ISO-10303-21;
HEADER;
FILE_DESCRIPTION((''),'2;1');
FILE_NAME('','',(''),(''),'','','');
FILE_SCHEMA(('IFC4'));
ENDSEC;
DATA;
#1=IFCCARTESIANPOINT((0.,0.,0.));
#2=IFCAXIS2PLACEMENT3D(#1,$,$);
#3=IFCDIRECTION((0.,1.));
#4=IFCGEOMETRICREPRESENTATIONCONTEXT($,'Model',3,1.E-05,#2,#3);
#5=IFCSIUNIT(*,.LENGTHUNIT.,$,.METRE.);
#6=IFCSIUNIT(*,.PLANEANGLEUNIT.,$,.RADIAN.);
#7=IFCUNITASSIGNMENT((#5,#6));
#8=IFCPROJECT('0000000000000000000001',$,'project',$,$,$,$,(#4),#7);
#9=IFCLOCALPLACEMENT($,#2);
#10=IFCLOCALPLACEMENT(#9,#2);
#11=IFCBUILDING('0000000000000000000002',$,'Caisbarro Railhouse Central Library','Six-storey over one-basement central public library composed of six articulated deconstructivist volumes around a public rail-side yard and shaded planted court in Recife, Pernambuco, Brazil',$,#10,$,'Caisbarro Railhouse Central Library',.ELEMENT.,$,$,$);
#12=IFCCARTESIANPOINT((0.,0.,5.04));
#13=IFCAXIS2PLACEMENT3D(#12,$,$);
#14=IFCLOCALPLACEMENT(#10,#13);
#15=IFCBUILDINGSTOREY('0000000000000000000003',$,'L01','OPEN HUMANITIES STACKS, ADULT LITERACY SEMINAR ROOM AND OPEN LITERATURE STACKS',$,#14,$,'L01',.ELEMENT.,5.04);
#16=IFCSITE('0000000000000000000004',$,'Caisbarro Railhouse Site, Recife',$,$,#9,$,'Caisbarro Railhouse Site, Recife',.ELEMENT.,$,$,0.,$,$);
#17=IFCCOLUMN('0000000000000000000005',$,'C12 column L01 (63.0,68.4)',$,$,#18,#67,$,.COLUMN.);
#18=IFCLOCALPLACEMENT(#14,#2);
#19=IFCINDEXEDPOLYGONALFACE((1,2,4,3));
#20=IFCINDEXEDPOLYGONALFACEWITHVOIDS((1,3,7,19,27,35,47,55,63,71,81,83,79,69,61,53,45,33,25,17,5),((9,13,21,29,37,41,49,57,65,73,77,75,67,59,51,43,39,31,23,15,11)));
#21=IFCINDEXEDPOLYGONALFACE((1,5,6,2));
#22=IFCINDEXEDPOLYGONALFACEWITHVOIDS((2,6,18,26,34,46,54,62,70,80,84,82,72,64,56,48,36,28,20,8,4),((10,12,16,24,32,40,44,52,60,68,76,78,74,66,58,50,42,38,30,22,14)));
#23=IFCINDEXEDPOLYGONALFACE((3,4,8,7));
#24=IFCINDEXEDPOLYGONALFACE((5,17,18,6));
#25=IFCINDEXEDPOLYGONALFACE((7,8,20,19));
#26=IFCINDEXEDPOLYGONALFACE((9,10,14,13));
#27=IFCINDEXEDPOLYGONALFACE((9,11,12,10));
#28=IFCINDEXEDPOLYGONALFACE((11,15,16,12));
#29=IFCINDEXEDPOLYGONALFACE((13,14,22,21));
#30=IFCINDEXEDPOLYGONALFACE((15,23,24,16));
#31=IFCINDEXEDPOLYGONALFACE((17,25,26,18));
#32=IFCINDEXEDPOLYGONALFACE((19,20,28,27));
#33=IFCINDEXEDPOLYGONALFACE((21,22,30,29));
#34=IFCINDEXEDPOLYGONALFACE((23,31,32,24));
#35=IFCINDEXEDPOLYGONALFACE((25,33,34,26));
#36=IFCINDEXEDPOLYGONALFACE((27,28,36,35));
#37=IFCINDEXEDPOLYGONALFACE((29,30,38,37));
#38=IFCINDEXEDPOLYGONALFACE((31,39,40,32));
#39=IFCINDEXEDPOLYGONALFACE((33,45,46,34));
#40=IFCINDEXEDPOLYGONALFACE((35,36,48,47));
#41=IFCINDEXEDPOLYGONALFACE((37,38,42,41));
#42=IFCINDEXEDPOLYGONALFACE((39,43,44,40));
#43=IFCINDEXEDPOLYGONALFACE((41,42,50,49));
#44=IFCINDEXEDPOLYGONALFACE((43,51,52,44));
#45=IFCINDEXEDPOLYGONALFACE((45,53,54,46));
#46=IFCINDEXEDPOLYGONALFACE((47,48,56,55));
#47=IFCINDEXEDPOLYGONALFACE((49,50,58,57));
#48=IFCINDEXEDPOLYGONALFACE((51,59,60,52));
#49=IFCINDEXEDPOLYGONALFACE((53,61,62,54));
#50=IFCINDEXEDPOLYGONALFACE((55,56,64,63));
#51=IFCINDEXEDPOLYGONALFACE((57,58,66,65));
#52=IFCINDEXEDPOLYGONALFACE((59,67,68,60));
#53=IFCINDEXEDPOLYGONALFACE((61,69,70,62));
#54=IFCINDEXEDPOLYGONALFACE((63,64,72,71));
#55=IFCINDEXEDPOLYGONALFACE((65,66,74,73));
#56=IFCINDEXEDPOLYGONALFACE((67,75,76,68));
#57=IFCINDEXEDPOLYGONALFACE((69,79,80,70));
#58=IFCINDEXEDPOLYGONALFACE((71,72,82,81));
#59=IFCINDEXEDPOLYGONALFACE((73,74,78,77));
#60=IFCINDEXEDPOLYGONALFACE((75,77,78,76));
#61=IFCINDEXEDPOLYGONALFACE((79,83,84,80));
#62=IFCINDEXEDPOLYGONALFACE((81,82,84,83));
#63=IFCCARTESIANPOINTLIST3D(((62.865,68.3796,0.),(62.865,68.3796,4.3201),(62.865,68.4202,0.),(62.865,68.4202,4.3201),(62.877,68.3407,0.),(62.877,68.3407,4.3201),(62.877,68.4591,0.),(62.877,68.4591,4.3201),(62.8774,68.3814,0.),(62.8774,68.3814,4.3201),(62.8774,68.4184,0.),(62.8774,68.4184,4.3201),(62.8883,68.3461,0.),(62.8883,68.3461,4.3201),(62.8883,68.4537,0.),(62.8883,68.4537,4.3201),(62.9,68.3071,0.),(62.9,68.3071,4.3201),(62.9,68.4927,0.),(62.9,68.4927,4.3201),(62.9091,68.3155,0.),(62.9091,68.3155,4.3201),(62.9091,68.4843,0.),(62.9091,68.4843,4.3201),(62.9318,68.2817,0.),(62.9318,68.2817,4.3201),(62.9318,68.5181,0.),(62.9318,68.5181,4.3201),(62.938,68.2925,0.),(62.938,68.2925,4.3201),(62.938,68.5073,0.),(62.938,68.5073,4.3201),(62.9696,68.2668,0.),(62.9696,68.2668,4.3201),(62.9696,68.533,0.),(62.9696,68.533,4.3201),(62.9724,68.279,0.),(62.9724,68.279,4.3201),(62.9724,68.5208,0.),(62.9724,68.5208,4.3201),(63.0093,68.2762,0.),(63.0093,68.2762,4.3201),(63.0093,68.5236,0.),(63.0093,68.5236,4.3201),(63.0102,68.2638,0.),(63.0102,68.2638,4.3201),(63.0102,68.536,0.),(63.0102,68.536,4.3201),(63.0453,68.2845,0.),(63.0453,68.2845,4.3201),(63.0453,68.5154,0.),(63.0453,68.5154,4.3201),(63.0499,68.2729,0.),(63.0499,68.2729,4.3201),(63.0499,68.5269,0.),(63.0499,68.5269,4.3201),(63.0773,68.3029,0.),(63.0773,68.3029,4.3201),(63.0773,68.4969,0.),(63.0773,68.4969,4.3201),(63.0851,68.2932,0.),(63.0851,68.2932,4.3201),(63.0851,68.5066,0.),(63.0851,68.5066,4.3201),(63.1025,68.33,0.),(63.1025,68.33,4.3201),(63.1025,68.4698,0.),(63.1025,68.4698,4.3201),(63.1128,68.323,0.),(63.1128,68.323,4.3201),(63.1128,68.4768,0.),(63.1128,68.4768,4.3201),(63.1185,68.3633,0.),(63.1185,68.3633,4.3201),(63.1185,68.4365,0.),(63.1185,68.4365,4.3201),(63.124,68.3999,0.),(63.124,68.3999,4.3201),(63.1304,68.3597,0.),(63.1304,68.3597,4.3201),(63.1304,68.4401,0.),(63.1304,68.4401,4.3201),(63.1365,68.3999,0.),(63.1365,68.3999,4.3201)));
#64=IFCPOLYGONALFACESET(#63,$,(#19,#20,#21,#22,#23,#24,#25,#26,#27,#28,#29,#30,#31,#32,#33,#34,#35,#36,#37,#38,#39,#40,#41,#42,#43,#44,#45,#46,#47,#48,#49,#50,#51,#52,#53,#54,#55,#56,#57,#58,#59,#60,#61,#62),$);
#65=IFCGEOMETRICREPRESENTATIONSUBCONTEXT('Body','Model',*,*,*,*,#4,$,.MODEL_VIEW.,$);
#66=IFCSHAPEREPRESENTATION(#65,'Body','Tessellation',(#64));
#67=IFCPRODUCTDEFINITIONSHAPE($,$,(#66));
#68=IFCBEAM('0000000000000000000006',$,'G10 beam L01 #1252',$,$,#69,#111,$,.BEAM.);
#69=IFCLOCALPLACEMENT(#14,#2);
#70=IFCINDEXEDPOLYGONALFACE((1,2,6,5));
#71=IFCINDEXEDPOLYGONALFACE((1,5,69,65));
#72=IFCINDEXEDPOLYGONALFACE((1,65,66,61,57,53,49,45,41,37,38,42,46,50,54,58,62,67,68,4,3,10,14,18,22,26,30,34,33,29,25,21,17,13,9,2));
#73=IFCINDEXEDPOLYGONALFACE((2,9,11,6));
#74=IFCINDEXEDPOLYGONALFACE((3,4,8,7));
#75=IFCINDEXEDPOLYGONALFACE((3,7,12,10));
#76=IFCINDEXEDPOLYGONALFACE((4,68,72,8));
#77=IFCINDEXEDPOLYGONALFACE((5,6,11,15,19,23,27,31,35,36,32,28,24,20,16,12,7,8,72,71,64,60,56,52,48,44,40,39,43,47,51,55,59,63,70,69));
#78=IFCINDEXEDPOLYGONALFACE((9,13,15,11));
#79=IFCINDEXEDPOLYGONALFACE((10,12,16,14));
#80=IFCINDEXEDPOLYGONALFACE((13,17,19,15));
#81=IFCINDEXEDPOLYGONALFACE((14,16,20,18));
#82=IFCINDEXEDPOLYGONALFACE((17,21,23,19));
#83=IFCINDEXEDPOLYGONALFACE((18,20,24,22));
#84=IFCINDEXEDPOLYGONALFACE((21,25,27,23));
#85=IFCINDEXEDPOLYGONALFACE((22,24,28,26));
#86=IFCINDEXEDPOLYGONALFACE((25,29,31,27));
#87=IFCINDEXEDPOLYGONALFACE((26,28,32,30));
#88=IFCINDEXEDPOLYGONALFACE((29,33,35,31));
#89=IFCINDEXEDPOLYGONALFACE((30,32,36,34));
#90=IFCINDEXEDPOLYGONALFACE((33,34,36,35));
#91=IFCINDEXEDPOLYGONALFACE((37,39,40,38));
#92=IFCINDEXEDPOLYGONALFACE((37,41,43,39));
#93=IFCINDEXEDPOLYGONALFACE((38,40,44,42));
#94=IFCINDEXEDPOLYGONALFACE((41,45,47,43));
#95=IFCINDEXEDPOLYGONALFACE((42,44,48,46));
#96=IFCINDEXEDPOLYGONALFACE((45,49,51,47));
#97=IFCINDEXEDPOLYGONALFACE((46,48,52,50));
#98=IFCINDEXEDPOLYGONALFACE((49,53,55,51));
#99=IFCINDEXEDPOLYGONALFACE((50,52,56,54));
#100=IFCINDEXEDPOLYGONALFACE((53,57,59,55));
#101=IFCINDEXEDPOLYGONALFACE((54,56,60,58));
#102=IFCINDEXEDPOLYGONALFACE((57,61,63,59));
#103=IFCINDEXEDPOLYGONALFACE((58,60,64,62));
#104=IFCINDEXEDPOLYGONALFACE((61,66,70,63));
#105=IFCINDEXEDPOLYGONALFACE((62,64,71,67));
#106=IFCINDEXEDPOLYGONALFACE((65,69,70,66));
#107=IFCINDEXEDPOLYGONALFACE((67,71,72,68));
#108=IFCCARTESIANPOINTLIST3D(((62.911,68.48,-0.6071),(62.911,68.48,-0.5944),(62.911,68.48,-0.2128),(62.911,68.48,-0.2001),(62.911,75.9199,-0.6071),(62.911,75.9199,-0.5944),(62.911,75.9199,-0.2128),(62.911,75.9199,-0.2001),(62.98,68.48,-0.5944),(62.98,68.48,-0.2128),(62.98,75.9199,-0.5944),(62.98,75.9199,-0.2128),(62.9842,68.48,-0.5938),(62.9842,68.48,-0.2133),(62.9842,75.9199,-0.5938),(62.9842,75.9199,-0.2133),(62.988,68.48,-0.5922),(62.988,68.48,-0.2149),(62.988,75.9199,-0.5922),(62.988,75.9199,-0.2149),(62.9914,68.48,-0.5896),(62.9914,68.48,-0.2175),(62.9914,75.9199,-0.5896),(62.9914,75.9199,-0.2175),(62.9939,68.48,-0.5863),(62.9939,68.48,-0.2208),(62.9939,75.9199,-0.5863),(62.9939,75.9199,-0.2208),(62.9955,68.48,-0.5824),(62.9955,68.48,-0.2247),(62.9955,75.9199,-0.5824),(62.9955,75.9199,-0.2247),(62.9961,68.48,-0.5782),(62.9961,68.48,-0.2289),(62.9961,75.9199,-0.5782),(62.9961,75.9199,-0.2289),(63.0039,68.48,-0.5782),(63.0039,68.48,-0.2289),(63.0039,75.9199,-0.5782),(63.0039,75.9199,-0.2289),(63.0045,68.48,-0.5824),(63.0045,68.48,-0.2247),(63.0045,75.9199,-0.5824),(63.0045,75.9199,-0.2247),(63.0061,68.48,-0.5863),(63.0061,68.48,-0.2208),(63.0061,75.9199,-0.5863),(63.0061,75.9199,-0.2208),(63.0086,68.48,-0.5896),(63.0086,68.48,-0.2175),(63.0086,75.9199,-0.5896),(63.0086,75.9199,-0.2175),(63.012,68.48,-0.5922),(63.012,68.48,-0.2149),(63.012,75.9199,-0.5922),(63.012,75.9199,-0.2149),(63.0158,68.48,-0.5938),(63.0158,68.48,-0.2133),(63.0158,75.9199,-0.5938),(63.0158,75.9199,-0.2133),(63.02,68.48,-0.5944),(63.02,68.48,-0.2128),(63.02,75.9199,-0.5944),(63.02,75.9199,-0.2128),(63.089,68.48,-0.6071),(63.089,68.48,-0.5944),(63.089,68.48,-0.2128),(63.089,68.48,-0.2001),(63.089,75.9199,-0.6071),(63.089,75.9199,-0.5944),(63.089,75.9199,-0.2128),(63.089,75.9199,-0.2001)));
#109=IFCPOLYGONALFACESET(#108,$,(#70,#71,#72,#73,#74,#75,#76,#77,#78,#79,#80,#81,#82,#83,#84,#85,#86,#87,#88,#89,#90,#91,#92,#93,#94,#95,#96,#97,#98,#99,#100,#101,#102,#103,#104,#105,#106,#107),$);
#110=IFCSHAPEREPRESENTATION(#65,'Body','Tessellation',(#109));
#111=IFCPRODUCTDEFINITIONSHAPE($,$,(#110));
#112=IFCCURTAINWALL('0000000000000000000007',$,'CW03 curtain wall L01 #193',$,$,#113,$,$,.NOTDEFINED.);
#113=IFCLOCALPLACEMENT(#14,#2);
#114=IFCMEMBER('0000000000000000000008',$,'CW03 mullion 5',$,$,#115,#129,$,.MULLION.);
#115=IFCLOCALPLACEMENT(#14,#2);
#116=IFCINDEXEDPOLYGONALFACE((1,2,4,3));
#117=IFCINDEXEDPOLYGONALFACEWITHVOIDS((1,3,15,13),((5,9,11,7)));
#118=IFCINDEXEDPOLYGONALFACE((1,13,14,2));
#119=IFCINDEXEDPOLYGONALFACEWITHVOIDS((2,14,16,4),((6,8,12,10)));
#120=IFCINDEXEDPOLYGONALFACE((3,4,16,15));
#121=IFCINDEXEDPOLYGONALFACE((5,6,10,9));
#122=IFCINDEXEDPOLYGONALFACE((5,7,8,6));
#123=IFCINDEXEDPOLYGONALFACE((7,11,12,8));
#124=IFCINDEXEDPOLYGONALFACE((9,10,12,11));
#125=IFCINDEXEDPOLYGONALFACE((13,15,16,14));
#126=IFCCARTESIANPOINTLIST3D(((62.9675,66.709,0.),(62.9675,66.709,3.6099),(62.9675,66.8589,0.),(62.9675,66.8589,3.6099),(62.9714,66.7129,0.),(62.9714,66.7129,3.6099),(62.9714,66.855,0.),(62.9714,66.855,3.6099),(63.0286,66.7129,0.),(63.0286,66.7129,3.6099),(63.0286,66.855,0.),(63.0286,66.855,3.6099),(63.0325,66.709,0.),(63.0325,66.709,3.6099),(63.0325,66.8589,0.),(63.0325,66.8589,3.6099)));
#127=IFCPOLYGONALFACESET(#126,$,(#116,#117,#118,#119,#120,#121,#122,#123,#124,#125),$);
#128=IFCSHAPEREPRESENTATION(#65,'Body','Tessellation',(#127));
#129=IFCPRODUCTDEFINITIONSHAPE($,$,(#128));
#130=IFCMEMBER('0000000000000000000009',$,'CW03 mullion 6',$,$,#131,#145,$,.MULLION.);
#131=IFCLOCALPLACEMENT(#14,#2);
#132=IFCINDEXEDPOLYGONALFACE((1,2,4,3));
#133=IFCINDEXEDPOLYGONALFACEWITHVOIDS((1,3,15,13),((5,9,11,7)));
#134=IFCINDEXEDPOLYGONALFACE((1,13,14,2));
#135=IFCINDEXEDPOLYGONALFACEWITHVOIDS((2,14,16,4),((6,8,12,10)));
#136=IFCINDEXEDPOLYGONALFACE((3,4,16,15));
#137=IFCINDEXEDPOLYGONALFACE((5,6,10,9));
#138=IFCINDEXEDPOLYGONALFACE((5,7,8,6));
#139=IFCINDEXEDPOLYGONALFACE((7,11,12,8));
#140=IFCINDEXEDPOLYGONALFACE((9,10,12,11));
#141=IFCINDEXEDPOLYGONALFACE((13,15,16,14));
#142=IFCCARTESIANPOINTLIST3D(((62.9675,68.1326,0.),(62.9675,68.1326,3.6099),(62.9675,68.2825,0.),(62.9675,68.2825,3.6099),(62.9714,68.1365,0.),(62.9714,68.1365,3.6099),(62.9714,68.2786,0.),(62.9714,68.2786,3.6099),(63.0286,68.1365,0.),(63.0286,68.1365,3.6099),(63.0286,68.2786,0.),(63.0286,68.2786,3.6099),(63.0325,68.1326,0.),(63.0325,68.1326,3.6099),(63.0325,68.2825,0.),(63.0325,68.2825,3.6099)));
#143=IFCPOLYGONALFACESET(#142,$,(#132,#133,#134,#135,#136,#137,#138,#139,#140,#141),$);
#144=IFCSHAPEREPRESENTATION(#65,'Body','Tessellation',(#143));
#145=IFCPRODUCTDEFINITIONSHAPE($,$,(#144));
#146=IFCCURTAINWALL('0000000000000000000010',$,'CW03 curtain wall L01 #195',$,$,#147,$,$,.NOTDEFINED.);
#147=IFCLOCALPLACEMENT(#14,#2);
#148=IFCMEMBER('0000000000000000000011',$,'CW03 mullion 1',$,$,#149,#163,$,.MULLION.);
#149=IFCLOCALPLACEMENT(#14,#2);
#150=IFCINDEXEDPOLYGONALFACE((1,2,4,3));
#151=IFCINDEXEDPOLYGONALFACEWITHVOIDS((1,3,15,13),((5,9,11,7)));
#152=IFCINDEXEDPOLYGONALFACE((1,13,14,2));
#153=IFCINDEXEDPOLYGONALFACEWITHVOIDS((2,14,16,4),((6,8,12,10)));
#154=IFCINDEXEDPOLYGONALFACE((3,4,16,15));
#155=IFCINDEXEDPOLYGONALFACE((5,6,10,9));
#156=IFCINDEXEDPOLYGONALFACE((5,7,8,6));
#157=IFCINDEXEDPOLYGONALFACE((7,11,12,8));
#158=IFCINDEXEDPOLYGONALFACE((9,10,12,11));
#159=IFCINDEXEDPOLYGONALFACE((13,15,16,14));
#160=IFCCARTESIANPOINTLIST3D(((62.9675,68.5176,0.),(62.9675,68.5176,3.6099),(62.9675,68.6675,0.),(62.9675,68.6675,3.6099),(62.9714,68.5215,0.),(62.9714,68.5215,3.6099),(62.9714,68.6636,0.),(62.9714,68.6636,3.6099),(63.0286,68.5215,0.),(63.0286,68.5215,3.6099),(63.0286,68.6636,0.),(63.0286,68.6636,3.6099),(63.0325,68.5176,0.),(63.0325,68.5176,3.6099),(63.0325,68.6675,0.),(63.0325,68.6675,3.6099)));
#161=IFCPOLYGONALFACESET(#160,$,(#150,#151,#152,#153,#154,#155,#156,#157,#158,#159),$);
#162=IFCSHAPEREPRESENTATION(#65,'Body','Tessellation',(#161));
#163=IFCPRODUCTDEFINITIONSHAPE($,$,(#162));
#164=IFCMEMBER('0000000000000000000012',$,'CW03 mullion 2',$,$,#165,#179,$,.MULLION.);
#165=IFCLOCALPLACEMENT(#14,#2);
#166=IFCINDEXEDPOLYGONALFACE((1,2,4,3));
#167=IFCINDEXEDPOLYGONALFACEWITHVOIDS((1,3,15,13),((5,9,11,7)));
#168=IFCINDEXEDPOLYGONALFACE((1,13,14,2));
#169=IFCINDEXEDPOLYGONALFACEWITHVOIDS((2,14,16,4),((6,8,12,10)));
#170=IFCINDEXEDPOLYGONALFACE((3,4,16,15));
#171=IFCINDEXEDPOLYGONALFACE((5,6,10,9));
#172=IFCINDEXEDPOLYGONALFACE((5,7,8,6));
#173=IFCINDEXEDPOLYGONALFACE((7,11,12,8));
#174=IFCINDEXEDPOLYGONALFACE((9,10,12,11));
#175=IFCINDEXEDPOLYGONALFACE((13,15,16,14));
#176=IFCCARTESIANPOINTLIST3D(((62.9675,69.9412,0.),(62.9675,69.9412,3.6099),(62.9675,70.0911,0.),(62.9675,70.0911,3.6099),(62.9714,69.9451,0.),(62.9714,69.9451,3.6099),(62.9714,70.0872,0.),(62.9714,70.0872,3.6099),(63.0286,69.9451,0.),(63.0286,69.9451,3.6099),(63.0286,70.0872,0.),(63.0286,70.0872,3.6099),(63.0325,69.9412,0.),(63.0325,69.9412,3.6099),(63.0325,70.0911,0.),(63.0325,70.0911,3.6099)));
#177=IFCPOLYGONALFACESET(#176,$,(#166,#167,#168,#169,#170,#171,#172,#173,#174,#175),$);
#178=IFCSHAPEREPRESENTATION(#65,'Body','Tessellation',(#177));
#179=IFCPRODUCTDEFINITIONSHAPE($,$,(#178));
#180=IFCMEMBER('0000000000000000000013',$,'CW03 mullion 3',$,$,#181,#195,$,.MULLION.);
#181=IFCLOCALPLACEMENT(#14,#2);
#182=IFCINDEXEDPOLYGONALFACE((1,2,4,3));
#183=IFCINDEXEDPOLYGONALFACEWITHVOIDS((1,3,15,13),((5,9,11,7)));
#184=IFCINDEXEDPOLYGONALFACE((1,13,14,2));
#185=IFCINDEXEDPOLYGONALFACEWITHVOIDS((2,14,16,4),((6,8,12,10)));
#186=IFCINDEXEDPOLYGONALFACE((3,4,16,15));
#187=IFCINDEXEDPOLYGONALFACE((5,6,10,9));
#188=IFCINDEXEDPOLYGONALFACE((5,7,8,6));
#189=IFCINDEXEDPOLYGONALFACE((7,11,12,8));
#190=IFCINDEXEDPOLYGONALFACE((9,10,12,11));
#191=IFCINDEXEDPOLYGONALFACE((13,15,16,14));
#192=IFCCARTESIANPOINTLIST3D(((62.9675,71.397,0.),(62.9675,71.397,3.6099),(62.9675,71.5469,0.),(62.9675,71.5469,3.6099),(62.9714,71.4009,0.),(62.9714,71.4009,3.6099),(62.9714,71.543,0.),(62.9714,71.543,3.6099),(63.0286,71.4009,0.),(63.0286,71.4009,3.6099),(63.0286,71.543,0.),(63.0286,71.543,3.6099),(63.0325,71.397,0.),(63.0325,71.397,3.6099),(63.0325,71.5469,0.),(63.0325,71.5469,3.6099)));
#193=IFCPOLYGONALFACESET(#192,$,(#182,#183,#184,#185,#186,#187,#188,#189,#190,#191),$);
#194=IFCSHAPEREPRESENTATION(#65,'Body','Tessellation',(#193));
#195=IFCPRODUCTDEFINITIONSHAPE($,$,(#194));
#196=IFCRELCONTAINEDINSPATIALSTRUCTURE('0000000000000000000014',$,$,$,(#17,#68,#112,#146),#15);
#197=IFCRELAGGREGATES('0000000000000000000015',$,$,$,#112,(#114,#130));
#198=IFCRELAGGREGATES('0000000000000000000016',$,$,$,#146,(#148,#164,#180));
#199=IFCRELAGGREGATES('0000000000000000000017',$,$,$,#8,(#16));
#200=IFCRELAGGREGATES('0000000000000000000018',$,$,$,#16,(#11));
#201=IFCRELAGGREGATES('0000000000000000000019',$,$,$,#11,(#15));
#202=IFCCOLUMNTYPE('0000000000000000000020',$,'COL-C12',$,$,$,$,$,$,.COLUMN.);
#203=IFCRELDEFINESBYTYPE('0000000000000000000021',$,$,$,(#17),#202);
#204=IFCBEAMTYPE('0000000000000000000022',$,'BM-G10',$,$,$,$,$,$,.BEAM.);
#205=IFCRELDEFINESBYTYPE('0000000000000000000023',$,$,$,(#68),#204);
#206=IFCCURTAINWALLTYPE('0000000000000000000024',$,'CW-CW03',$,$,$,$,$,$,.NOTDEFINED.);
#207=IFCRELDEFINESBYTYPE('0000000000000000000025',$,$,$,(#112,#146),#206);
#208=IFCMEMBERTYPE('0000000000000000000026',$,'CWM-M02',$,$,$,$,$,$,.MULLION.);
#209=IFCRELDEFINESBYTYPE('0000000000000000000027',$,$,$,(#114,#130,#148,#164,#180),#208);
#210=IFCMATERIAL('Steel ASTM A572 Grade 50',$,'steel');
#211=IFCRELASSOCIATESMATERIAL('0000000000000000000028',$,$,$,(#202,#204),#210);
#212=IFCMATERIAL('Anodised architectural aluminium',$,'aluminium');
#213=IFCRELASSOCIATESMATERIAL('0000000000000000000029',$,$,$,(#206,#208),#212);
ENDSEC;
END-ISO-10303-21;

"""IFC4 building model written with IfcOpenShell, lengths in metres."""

from ifc_helpers import new_model, si_unit, direction, frame, origin, origin_2d, place, context, subcontext, project, spatial, hollow_rectangle, hollow_circle, i_section, extrude, material, material_profile, profile_set, type_object, element, aggregate, save


model = new_model("IFC4")

# Units and contexts
model_context = context("Model", 3, precision=1e-05, world=origin(), true_north=direction((0.0, 1.0)))
body_context = subcontext(model_context, "Body", "Model", "MODEL_VIEW")
ifc_project = project(units=[si_unit("LENGTHUNIT", "METRE"), si_unit("PLANEANGLEUNIT", "RADIAN")], contexts=[model_context])

# Site, building, storey
site_placement = place(None, origin())
site = spatial("IfcSite", under=ifc_project, at=site_placement, Name="Caisbarro Railhouse Site, Recife", LongName="Caisbarro Railhouse Site, Recife", CompositionType="ELEMENT", RefElevation=0.0)
building_placement = place(site_placement, origin())
building = spatial("IfcBuilding", under=site, at=building_placement, Name="Caisbarro Railhouse Central Library", Description="Six-storey over one-basement central public library composed of six articulated deconstructivist volumes around a public rail-side yard and shaded planted court in Recife, Pernambuco, Brazil", LongName="Caisbarro Railhouse Central Library", CompositionType="ELEMENT")
storey_placement = place(building_placement, frame((0.0, 0.0, 5.04)))
storey = spatial("IfcBuildingStorey", under=building, at=storey_placement, Name="L01", Description="OPEN HUMANITIES STACKS, ADULT LITERACY SEMINAR ROOM AND OPEN LITERATURE STACKS", LongName="L01", CompositionType="ELEMENT", Elevation=5.04)

# Column
ifc_material_1 = material(Name="Steel ASTM A572 Grade 50", Category="steel")
ifc_material_profile_1 = material_profile(ifc_material_1, hollow_circle(Radius=0.1365, WallThickness=0.0125, at=origin_2d()), Name="CHS273.0X12.5")
ifc_profile_set_1 = profile_set([ifc_material_profile_1], Name="Steel ASTM A572 Grade 50")
column_type = type_object("IfcColumnType", Name="COL-C12", PredefinedType="COLUMN", material=ifc_profile_set_1)
column_placement = place(storey_placement, frame((63.0, 68.3999, 0.0), z_axis=(0.0, 0.0, 1.0), x_axis=(1.0, 0.0, 0.0)))
element("IfcColumn", 1, at=column_placement, inside=storey, type_object=column_type, Name="C12 column L01 (63.0,68.4)", PredefinedType="COLUMN", context=body_context, shape_type="SweptSolid", body=[
    extrude(hollow_circle(Radius=0.1365, WallThickness=0.0125, at=origin_2d()), origin(), (0.0, 0.0, 1.0), 4.3201),
])

# Beam
ifc_material_profile_2 = material_profile(ifc_material_1, i_section(OverallWidth=0.178, OverallDepth=0.407, WebThickness=0.0078, FlangeThickness=0.0127, FilletRadius=0.0161, at=origin_2d()), Name="W410X60.0")
ifc_profile_set_2 = profile_set([ifc_material_profile_2], Name="Steel ASTM A572 Grade 50")
beam_type = type_object("IfcBeamType", Name="BM-G10", PredefinedType="BEAM", material=ifc_profile_set_2)
beam_placement = place(storey_placement, frame((63.0, 68.48, -0.4036), z_axis=(0.0, 1.0, 0.0), x_axis=(-1.0, 0.0, 0.0)))
element("IfcBeam", 2, at=beam_placement, inside=storey, type_object=beam_type, Name="G10 beam L01 #1252", PredefinedType="BEAM", context=body_context, shape_type="SweptSolid", body=[
    extrude(i_section(OverallWidth=0.178, OverallDepth=0.407, WebThickness=0.0078, FlangeThickness=0.0127, FilletRadius=0.0161, at=origin_2d()), origin(), (0.0, 0.0, 1.0), 7.4399),
])

# Curtain walls, members
ifc_material_2 = material(Name="Anodised architectural aluminium", Category="aluminium")
curtain_wall_type = type_object("IfcCurtainWallType", Name="CW-CW03", PredefinedType="NOTDEFINED", material=ifc_material_2)
curtain_wall_1_placement = place(storey_placement, origin())
curtain_wall_1 = element("IfcCurtainWall", 3, at=curtain_wall_1_placement, inside=storey, type_object=curtain_wall_type, Name="CW03 curtain wall L01 #193", PredefinedType="NOTDEFINED")
ifc_material_profile_3 = material_profile(ifc_material_2, hollow_rectangle(XDim=0.0649, YDim=0.1499, WallThickness=0.0039, at=origin_2d()), Name="ALU-MUL-65X150")
ifc_profile_set_3 = profile_set([ifc_material_profile_3], Name="Anodised architectural aluminium")
member_type_1 = type_object("IfcMemberType", Name="CWM-M02", PredefinedType="MULLION", material=ifc_profile_set_3)
member_1_placement = place(storey_placement, frame((63.0, 66.7839, 0.0), z_axis=(0.0, 0.0, 1.0), x_axis=(-1.0, 0.0, 0.0)))
member_1 = element("IfcMember", 4, at=member_1_placement, type_object=member_type_1, Name="CW03 mullion 5", PredefinedType="MULLION", context=body_context, shape_type="SweptSolid", body=[
    extrude(hollow_rectangle(XDim=0.0649, YDim=0.1499, WallThickness=0.0039, at=origin_2d()), origin(), (0.0, 0.0, 1.0), 3.6099),
])
member_2_placement = place(storey_placement, frame((63.0, 68.2075, 0.0), z_axis=(0.0, 0.0, 1.0), x_axis=(-1.0, 0.0, 0.0)))
member_2 = element("IfcMember", 5, at=member_2_placement, type_object=member_type_1, Name="CW03 mullion 6", PredefinedType="MULLION", context=body_context, shape_type="SweptSolid", body=[
    extrude(hollow_rectangle(XDim=0.0649, YDim=0.1499, WallThickness=0.0039, at=origin_2d()), origin(), (0.0, 0.0, 1.0), 3.6099),
])
curtain_wall_2_placement = place(storey_placement, origin())
curtain_wall_2 = element("IfcCurtainWall", 6, at=curtain_wall_2_placement, inside=storey, type_object=curtain_wall_type, Name="CW03 curtain wall L01 #195", PredefinedType="NOTDEFINED")
member_3_placement = place(storey_placement, frame((63.0, 68.5925, 0.0), z_axis=(0.0, 0.0, 1.0), x_axis=(-1.0, 0.0, 0.0)))
member_3 = element("IfcMember", 7, at=member_3_placement, type_object=member_type_1, Name="CW03 mullion 1", PredefinedType="MULLION", context=body_context, shape_type="SweptSolid", body=[
    extrude(hollow_rectangle(XDim=0.0649, YDim=0.1499, WallThickness=0.0039, at=origin_2d()), origin(), (0.0, 0.0, 1.0), 3.6099),
])
member_4_placement = place(storey_placement, frame((63.0, 70.0161, 0.0), z_axis=(0.0, 0.0, 1.0), x_axis=(-1.0, 0.0, 0.0)))
member_4 = element("IfcMember", 8, at=member_4_placement, type_object=member_type_1, Name="CW03 mullion 2", PredefinedType="MULLION", context=body_context, shape_type="SweptSolid", body=[
    extrude(hollow_rectangle(XDim=0.0649, YDim=0.1499, WallThickness=0.0039, at=origin_2d()), origin(), (0.0, 0.0, 1.0), 3.6099),
])
member_5_placement = place(storey_placement, frame((63.0, 71.4719, 0.0), z_axis=(0.0, 0.0, 1.0), x_axis=(-1.0, 0.0, 0.0)))
member_5 = element("IfcMember", 9, at=member_5_placement, type_object=member_type_1, Name="CW03 mullion 3", PredefinedType="MULLION", context=body_context, shape_type="SweptSolid", body=[
    extrude(hollow_rectangle(XDim=0.0649, YDim=0.1499, WallThickness=0.0039, at=origin_2d()), origin(), (0.0, 0.0, 1.0), 3.6099),
])

aggregate(curtain_wall_1, [member_1, member_2])
aggregate(curtain_wall_2, [member_3, member_4, member_5])

save(model, "model.ifc")
